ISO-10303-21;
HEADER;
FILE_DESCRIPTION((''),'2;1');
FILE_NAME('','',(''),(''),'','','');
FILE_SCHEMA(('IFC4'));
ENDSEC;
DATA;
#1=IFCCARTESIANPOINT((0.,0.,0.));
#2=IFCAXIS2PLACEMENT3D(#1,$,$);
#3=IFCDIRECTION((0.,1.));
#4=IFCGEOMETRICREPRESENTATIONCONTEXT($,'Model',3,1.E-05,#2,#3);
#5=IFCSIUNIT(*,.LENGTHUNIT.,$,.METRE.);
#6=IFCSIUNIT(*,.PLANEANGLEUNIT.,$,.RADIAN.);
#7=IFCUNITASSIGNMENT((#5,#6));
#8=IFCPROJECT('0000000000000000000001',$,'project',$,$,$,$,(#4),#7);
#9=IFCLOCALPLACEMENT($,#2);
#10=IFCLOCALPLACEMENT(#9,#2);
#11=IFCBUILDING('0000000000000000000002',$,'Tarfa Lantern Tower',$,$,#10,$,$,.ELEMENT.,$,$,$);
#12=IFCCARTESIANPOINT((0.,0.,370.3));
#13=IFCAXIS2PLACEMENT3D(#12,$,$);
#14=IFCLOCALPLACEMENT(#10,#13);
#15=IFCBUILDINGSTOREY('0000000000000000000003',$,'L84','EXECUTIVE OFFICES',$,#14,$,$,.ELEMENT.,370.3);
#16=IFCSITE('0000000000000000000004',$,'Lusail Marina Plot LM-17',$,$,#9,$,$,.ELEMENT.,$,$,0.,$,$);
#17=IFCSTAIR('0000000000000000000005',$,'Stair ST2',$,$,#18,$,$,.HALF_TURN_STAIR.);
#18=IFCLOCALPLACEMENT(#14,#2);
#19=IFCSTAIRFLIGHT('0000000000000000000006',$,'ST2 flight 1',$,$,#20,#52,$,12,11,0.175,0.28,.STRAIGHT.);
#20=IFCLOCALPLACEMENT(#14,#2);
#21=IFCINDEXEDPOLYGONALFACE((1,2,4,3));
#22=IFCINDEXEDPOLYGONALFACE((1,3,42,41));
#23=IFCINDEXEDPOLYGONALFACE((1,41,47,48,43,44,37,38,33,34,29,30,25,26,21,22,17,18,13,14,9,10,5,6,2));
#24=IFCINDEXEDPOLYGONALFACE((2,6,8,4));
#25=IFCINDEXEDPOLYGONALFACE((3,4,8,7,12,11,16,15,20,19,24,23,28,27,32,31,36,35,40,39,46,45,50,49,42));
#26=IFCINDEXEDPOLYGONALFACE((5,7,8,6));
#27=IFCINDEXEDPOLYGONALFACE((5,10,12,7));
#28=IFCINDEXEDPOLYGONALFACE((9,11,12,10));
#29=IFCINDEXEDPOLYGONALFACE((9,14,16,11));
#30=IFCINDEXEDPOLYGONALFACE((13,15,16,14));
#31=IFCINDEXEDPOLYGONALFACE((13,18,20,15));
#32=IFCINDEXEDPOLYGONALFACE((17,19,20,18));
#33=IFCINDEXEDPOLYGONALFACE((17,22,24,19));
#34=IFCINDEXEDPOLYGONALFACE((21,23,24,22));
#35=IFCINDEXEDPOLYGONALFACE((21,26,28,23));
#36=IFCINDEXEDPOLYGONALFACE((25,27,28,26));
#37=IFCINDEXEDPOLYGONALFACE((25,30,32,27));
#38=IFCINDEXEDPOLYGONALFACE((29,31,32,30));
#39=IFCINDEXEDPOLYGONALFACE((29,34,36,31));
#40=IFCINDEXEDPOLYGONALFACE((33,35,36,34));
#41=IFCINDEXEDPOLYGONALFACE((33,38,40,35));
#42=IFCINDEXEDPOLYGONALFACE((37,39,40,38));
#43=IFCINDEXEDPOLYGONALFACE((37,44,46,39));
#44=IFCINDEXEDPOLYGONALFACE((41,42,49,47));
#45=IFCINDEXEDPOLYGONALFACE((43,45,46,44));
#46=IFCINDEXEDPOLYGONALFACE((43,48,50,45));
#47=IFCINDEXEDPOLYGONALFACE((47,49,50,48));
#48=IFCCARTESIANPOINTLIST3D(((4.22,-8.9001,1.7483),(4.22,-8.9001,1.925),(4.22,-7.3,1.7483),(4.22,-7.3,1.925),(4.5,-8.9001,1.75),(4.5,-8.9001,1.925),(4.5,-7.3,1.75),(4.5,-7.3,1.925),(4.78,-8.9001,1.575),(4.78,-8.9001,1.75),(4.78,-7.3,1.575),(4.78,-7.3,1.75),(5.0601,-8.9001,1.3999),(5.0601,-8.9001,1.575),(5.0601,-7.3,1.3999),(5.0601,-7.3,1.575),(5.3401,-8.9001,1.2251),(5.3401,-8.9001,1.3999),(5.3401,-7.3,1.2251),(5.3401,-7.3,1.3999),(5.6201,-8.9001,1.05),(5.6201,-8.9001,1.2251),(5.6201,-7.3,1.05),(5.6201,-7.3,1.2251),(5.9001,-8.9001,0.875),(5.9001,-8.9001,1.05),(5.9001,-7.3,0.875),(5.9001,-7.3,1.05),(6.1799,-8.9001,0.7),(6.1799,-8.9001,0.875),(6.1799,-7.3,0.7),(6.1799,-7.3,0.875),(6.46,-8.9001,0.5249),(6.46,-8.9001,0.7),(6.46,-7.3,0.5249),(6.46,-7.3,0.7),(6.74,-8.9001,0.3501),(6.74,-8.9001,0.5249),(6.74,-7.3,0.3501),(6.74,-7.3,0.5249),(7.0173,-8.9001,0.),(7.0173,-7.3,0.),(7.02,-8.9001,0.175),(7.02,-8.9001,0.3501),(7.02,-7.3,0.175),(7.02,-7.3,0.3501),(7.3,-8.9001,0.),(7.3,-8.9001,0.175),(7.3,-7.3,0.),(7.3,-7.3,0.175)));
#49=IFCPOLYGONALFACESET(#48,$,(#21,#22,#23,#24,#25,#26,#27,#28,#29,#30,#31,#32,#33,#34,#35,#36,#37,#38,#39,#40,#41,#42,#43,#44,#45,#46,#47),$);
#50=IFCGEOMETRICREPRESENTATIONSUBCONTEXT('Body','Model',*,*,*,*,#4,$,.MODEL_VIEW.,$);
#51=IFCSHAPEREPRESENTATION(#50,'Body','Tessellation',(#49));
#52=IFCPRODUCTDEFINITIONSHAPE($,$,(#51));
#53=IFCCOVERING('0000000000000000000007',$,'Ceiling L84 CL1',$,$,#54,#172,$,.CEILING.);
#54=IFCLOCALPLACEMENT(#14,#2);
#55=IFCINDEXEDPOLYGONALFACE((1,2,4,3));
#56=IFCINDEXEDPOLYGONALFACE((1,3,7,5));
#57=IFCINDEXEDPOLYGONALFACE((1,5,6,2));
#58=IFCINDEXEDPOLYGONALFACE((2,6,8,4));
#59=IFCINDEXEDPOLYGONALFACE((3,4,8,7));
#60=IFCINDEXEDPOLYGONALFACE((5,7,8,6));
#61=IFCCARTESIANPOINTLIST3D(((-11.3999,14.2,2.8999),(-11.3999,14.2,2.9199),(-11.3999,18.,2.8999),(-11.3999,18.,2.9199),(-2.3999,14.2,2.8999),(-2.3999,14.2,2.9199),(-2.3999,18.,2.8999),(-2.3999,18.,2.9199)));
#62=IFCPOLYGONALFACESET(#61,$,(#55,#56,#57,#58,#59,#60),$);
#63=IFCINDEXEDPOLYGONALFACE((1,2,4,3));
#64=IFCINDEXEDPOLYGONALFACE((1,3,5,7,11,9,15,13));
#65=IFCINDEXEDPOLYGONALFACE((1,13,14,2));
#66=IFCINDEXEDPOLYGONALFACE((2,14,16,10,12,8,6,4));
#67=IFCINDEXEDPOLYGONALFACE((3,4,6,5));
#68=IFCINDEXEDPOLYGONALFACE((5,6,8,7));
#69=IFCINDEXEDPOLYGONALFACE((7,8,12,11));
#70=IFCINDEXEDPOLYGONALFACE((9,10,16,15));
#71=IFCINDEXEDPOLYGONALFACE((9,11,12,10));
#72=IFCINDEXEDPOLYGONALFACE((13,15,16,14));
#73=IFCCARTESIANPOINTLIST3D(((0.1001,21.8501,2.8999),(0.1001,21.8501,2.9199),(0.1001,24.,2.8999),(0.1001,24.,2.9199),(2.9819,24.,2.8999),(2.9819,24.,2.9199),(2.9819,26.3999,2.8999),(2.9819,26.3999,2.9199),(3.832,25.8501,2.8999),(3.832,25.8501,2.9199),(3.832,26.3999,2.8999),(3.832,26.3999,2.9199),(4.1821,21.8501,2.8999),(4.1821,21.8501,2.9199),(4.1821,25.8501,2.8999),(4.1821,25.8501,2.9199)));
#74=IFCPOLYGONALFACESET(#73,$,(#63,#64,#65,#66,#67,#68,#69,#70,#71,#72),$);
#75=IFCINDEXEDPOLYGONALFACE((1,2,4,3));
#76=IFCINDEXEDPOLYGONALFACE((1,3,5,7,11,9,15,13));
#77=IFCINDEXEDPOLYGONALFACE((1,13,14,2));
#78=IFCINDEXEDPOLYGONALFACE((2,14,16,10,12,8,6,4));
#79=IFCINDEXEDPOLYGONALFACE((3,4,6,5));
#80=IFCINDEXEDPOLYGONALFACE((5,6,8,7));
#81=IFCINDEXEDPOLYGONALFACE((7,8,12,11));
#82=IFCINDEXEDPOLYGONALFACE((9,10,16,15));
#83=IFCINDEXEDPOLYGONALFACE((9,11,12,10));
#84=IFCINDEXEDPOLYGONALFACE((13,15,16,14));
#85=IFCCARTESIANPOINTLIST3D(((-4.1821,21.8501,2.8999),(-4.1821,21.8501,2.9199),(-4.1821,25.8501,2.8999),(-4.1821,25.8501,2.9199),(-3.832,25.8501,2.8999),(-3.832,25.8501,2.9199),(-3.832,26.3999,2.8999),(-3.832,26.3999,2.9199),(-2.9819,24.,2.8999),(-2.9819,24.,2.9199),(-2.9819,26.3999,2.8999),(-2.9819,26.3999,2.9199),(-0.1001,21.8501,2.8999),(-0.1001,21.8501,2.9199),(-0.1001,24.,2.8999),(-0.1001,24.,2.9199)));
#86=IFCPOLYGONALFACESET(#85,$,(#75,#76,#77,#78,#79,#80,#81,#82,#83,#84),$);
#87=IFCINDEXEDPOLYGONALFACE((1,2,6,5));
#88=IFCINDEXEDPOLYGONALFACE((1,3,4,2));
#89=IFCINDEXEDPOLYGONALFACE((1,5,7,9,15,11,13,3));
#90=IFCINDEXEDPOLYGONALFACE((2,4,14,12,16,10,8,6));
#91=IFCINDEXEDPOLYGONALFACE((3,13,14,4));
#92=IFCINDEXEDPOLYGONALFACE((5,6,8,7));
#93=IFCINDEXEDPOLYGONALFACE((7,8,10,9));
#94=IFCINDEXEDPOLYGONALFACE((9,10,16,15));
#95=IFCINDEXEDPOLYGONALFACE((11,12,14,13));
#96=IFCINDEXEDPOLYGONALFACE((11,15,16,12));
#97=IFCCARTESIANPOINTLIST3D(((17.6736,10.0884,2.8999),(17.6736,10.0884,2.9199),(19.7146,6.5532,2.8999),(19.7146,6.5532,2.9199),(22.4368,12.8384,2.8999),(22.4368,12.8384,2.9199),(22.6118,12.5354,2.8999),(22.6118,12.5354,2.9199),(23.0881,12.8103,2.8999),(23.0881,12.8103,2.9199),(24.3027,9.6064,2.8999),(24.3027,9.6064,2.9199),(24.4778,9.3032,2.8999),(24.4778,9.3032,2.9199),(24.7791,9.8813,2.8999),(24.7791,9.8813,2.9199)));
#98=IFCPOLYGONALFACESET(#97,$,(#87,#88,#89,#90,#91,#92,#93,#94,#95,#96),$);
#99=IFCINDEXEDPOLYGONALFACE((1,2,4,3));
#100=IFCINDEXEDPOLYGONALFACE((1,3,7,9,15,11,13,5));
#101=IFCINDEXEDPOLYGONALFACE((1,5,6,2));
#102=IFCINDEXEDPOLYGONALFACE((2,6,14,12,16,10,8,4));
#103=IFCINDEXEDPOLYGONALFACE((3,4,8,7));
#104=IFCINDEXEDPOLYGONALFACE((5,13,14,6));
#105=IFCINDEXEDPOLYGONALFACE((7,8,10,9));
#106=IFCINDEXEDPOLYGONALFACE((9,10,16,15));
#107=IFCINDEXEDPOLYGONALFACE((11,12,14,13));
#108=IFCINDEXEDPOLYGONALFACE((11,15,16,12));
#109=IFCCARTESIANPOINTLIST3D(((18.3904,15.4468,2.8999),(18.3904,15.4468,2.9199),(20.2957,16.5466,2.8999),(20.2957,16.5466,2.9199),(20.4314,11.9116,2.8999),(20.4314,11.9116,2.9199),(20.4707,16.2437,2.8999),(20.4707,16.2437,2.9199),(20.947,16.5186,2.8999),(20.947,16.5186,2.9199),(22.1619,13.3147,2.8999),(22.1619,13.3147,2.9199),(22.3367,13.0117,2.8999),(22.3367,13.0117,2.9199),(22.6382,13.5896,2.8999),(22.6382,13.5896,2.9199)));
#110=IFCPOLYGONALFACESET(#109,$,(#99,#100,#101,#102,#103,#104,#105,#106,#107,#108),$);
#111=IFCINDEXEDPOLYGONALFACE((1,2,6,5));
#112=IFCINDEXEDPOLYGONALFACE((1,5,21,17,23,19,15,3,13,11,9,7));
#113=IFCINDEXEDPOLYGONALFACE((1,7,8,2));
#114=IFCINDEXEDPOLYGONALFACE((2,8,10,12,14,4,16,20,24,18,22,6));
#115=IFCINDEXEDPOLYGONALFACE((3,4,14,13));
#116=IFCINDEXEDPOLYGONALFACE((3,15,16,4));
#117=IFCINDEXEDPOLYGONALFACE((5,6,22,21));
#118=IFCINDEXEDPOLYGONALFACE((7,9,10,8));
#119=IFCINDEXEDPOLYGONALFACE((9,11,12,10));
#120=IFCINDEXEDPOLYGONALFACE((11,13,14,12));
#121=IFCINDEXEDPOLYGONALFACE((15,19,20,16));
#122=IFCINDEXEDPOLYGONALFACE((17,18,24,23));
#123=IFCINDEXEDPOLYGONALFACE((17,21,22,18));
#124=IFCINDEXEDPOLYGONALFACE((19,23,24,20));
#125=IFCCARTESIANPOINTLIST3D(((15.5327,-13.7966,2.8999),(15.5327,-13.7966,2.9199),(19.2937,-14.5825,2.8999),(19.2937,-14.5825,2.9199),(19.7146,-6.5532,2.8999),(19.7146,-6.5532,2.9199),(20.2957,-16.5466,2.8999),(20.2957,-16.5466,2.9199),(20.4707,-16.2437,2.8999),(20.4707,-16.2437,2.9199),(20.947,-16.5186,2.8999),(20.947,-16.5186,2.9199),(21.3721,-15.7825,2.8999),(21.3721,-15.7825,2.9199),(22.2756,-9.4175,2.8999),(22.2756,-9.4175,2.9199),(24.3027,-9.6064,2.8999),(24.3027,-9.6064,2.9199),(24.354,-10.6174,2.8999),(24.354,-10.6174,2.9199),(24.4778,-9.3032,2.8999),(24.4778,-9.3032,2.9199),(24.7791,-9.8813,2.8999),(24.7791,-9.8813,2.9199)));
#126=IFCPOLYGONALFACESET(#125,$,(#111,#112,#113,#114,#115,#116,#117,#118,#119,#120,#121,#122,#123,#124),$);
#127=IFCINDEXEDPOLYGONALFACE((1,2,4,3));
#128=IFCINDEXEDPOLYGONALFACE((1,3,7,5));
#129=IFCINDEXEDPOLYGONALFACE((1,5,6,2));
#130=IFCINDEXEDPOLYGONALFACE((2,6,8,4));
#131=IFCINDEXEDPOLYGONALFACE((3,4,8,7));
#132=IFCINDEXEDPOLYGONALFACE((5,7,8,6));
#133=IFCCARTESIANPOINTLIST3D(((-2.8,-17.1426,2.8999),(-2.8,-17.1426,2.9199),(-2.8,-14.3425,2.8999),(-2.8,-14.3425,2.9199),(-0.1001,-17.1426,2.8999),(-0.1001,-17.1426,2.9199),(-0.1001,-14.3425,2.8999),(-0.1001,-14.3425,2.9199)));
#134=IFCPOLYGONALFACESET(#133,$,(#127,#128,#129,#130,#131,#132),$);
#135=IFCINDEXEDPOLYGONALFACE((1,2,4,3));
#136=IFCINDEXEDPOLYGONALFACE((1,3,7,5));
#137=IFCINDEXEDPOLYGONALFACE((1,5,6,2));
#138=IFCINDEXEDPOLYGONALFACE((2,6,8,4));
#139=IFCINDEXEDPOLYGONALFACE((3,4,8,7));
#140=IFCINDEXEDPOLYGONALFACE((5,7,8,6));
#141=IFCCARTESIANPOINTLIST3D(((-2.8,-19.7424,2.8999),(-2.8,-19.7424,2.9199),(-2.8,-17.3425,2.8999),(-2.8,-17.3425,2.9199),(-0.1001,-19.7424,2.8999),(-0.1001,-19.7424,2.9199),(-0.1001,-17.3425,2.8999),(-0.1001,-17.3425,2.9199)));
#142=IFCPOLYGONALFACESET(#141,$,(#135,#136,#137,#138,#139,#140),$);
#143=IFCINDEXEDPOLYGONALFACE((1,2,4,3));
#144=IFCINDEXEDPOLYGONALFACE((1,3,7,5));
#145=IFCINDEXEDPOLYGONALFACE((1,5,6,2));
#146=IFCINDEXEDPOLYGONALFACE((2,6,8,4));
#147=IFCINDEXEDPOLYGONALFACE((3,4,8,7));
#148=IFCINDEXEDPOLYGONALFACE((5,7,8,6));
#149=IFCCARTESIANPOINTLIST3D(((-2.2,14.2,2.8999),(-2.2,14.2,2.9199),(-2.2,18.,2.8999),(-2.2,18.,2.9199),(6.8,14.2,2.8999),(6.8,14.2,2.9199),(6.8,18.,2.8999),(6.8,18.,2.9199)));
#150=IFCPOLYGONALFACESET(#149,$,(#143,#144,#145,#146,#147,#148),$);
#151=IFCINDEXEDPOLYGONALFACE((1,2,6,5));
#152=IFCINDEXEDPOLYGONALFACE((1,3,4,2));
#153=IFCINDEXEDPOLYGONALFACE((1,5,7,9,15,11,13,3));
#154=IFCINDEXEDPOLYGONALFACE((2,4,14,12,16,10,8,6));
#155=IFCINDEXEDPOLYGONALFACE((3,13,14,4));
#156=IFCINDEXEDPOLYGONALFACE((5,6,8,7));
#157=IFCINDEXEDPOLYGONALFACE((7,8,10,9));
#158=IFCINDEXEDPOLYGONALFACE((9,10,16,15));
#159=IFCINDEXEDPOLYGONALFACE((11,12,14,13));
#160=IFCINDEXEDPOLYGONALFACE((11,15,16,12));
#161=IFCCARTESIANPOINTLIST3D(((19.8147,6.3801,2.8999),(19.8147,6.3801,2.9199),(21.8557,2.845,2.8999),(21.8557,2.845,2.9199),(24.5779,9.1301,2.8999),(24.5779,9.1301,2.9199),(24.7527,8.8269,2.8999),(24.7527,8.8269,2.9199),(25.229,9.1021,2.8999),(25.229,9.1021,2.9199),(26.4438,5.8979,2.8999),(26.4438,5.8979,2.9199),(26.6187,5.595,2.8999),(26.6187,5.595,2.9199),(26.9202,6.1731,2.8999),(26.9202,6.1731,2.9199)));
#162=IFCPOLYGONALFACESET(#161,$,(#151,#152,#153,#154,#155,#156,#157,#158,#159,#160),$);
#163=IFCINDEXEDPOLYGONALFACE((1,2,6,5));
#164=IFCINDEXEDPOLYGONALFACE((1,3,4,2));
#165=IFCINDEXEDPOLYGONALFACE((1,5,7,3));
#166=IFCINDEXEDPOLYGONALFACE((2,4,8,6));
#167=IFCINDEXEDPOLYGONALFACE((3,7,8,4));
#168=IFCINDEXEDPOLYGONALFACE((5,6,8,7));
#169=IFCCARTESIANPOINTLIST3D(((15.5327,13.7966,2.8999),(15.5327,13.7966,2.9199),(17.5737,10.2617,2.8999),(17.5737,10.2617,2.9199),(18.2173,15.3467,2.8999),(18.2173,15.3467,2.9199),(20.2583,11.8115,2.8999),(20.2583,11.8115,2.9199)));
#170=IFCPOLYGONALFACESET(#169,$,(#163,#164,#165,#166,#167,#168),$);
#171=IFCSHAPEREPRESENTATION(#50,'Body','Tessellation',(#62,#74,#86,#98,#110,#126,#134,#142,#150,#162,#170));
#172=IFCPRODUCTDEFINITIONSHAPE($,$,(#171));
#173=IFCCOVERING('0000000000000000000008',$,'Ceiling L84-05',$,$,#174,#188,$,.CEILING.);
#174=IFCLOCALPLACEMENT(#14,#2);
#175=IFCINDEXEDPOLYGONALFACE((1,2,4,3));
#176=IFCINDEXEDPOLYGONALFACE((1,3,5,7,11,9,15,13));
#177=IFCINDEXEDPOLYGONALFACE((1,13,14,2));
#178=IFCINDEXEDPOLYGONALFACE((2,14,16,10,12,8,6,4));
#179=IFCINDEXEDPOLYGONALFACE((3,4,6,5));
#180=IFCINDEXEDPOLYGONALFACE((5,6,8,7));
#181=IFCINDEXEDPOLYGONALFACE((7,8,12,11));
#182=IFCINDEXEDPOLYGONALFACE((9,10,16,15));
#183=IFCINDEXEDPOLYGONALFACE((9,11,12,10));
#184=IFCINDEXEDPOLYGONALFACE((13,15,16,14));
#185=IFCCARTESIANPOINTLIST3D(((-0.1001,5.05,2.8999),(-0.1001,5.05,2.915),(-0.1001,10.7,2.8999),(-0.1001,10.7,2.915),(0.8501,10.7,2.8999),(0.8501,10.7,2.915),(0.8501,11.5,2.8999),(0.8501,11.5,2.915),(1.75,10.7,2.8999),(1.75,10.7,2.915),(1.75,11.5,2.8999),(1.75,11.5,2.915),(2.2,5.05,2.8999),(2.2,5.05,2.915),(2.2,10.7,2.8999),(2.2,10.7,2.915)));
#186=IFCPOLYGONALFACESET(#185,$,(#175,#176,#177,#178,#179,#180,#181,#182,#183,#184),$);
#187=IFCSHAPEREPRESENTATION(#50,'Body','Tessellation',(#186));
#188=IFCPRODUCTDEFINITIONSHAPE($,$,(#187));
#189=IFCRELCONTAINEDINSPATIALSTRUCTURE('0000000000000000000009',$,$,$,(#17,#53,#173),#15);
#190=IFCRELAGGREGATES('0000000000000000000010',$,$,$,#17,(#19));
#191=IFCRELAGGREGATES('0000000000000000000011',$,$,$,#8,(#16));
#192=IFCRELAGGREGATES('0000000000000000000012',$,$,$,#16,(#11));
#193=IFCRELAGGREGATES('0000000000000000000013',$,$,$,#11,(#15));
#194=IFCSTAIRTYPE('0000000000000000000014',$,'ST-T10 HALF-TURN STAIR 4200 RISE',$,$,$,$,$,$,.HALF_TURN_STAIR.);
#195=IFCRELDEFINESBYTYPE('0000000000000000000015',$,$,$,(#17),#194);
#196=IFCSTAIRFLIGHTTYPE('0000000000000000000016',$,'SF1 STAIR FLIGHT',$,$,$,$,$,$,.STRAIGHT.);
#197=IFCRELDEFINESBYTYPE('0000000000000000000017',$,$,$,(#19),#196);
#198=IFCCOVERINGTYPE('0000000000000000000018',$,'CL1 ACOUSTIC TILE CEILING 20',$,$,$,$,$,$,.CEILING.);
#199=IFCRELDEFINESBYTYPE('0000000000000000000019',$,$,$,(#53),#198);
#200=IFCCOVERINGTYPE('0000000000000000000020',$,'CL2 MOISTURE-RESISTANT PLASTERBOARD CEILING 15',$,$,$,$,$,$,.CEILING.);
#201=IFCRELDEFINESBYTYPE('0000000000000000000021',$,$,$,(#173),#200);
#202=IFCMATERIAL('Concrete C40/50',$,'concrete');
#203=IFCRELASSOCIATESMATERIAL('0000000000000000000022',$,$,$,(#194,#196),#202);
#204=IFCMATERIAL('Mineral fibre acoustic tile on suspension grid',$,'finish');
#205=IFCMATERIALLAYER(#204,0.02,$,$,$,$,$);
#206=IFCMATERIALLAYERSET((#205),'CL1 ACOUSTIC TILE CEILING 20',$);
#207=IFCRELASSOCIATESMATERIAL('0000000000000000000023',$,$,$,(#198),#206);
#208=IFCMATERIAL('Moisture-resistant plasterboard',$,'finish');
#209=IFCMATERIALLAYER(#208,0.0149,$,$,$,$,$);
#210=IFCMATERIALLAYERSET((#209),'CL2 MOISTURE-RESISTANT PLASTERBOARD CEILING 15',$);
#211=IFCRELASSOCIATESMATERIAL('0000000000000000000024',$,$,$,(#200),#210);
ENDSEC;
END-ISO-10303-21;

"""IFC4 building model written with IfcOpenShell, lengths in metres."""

from ifc_helpers import new_model, si_unit, direction, frame, origin, place, context, subcontext, project, spatial, polyline, outline, extrude, material, layer, layer_set, type_object, element, aggregate, save


model = new_model("IFC4")

# Units and contexts
model_context = context("Model", 3, precision=1e-05, world=origin(), true_north=direction((0.0, 1.0)))
body_context = subcontext(model_context, "Body", "Model", "MODEL_VIEW")
ifc_project = project(units=[si_unit("LENGTHUNIT", "METRE"), si_unit("PLANEANGLEUNIT", "RADIAN")], contexts=[model_context])

# Site, building, storey
site_placement = place(None, origin())
site = spatial("IfcSite", under=ifc_project, at=site_placement, Name="Lusail Marina Plot LM-17", CompositionType="ELEMENT", RefElevation=0.0)
building_placement = place(site_placement, origin())
building = spatial("IfcBuilding", under=site, at=building_placement, Name="Tarfa Lantern Tower", CompositionType="ELEMENT")
storey_placement = place(building_placement, frame((0.0, 0.0, 370.3)))
storey = spatial("IfcBuildingStorey", under=building, at=storey_placement, Name="L84", Description="EXECUTIVE OFFICES", CompositionType="ELEMENT", Elevation=370.3)

# Stair
ifc_material_1 = material(Name="Concrete C40/50", Category="concrete")
stair_type = type_object("IfcStairType", Name="ST-T10 HALF-TURN STAIR 4200 RISE", PredefinedType="HALF_TURN_STAIR", material=ifc_material_1)
stair_1_placement = place(storey_placement, origin())
stair_1 = element("IfcStair", 1, at=stair_1_placement, inside=storey, type_object=stair_type, Name="Stair ST2", PredefinedType="HALF_TURN_STAIR")

# Stair flight
stair_flight_type = type_object("IfcStairFlightType", Name="SF1 STAIR FLIGHT", PredefinedType="STRAIGHT", material=ifc_material_1)
stair_flight_placement = place(storey_placement, frame((7.3, -8.1001, 0.0), z_axis=(0.0, 0.0, 1.0), x_axis=(-1.0, 0.0, 0.0)))
stair_flight = element("IfcStairFlight", 2, at=stair_flight_placement, type_object=stair_flight_type, Name="ST2 flight 1", NumberOfRisers=12, NumberOfTreads=11, PredefinedType="STRAIGHT", RiserHeight=0.175, TreadLength=0.28, context=body_context, shape_type="SweptSolid", body=[
    extrude(outline(polyline([(0.0, 0.0), (0.0, 0.175), (0.28, 0.175), (0.28, 0.3501), (0.5601, 0.3501), (0.5601, 0.5249), (0.8401, 0.5249), (0.8401, 0.7), (1.1201, 0.7), (1.1201, 0.875), (1.3999, 0.875), (1.3999, 1.05), (1.6799, 1.05), (1.6799, 1.2251), (1.96, 1.2251), (1.96, 1.3999), (2.24, 1.3999), (2.24, 1.575), (2.52, 1.575), (2.52, 1.75), (2.8, 1.75), (2.8, 1.925), (3.0801, 1.925), (3.0801, 2.1001), (3.0801, 1.7483), (0.2827, 0.0), (0.0, 0.0)])), frame((0.0, 0.8, 0.0), z_axis=(0.0, -1.0, 0.0), x_axis=(1.0, 0.0, 0.0)), (0.0, 0.0, 1.0), 1.6001),
])
aggregate(stair_1, [stair_flight])

# Coverings
ifc_material_2 = material(Name="Mineral fibre acoustic tile on suspension grid", Category="finish")
ifc_layer_1 = layer(ifc_material_2, 0.02)
ifc_layer_set_1 = layer_set([ifc_layer_1], Name="CL1 ACOUSTIC TILE CEILING 20")
covering_type_1 = type_object("IfcCoveringType", Name="CL1 ACOUSTIC TILE CEILING 20", PredefinedType="CEILING", material=ifc_layer_set_1)
covering_1_placement = place(storey_placement, frame((0.0, 0.0, 2.8999)))
element("IfcCovering", 3, at=covering_1_placement, inside=storey, type_object=covering_type_1, Name="Ceiling L84 CL1", PredefinedType="CEILING", context=body_context, shape_type="SweptSolid", body=[
    extrude(outline(polyline([(-11.3999, 18.0), (-2.3999, 18.0), (-2.3999, 14.2), (-11.3999, 14.2), (-11.3999, 18.0)])), origin(), (0.0, 0.0, 1.0), 0.02),
    extrude(outline(polyline([(4.1821, 21.8501), (0.1001, 21.8501), (0.1001, 24.0), (2.9819, 24.0), (2.9819, 26.3999), (3.832, 26.3999), (3.832, 25.8501), (4.1821, 25.8501), (4.1821, 21.8501)])), origin(), (0.0, 0.0, 1.0), 0.02),
    extrude(outline(polyline([(-2.9819, 24.0), (-0.1001, 24.0), (-0.1001, 21.8501), (-4.1821, 21.8501), (-4.1821, 25.8501), (-3.832, 25.8501), (-3.832, 26.3999), (-2.9819, 26.3999), (-2.9819, 24.0)])), origin(), (0.0, 0.0, 1.0), 0.02),
    extrude(outline(polyline([(17.6736, 10.0884), (22.4368, 12.8384), (22.6118, 12.5354), (23.0881, 12.8103), (24.7791, 9.8813), (24.3027, 9.6064), (24.4778, 9.3032), (19.7146, 6.5532), (17.6736, 10.0884)])), origin(), (0.0, 0.0, 1.0), 0.02),
    extrude(outline(polyline([(18.3904, 15.4468), (20.2957, 16.5466), (20.4707, 16.2437), (20.947, 16.5186), (22.6382, 13.5896), (22.1619, 13.3147), (22.3367, 13.0117), (20.4314, 11.9116), (18.3904, 15.4468)])), origin(), (0.0, 0.0, 1.0), 0.02),
    extrude(outline(polyline([(19.7146, -6.5532), (24.4778, -9.3032), (24.3027, -9.6064), (24.7791, -9.8813), (24.354, -10.6174), (22.2756, -9.4175), (19.2937, -14.5825), (21.3721, -15.7825), (20.947, -16.5186), (20.4707, -16.2437), (20.2957, -16.5466), (15.5327, -13.7966), (19.7146, -6.5532)])), origin(), (0.0, 0.0, 1.0), 0.02),
    extrude(outline(polyline([(-2.8, -17.1426), (-2.8, -14.3425), (-0.1001, -14.3425), (-0.1001, -17.1426), (-2.8, -17.1426)])), origin(), (0.0, 0.0, 1.0), 0.02),
    extrude(outline(polyline([(-2.8, -19.7424), (-2.8, -17.3425), (-0.1001, -17.3425), (-0.1001, -19.7424), (-2.8, -19.7424)])), origin(), (0.0, 0.0, 1.0), 0.02),
    extrude(outline(polyline([(-2.2, 18.0), (6.8, 18.0), (6.8, 14.2), (-2.2, 14.2), (-2.2, 18.0)])), origin(), (0.0, 0.0, 1.0), 0.02),
    extrude(outline(polyline([(19.8147, 6.3801), (24.5779, 9.1301), (24.7527, 8.8269), (25.229, 9.1021), (26.9202, 6.1731), (26.4438, 5.8979), (26.6187, 5.595), (21.8557, 2.845), (19.8147, 6.3801)])), origin(), (0.0, 0.0, 1.0), 0.02),
    extrude(outline(polyline([(15.5327, 13.7966), (18.2173, 15.3467), (20.2583, 11.8115), (17.5737, 10.2617), (15.5327, 13.7966)])), origin(), (0.0, 0.0, 1.0), 0.02),
])
ifc_material_3 = material(Name="Moisture-resistant plasterboard", Category="finish")
ifc_layer_2 = layer(ifc_material_3, 0.0149)
ifc_layer_set_2 = layer_set([ifc_layer_2], Name="CL2 MOISTURE-RESISTANT PLASTERBOARD CEILING 15")
covering_type_2 = type_object("IfcCoveringType", Name="CL2 MOISTURE-RESISTANT PLASTERBOARD CEILING 15", PredefinedType="CEILING", material=ifc_layer_set_2)
covering_2_placement = place(storey_placement, frame((0.0, 0.0, 2.8999)))
element("IfcCovering", 4, at=covering_2_placement, inside=storey, type_object=covering_type_2, Name="Ceiling L84-05", PredefinedType="CEILING", context=body_context, shape_type="SweptSolid", body=[
    extrude(outline(polyline([(0.8501, 10.7), (-0.1001, 10.7), (-0.1001, 5.05), (2.2, 5.05), (2.2, 10.7), (1.75, 10.7), (1.75, 11.5), (0.8501, 11.5), (0.8501, 10.7)])), origin(), (0.0, 0.0, 1.0), 0.0151),
])

save(model, "model.ifc")
